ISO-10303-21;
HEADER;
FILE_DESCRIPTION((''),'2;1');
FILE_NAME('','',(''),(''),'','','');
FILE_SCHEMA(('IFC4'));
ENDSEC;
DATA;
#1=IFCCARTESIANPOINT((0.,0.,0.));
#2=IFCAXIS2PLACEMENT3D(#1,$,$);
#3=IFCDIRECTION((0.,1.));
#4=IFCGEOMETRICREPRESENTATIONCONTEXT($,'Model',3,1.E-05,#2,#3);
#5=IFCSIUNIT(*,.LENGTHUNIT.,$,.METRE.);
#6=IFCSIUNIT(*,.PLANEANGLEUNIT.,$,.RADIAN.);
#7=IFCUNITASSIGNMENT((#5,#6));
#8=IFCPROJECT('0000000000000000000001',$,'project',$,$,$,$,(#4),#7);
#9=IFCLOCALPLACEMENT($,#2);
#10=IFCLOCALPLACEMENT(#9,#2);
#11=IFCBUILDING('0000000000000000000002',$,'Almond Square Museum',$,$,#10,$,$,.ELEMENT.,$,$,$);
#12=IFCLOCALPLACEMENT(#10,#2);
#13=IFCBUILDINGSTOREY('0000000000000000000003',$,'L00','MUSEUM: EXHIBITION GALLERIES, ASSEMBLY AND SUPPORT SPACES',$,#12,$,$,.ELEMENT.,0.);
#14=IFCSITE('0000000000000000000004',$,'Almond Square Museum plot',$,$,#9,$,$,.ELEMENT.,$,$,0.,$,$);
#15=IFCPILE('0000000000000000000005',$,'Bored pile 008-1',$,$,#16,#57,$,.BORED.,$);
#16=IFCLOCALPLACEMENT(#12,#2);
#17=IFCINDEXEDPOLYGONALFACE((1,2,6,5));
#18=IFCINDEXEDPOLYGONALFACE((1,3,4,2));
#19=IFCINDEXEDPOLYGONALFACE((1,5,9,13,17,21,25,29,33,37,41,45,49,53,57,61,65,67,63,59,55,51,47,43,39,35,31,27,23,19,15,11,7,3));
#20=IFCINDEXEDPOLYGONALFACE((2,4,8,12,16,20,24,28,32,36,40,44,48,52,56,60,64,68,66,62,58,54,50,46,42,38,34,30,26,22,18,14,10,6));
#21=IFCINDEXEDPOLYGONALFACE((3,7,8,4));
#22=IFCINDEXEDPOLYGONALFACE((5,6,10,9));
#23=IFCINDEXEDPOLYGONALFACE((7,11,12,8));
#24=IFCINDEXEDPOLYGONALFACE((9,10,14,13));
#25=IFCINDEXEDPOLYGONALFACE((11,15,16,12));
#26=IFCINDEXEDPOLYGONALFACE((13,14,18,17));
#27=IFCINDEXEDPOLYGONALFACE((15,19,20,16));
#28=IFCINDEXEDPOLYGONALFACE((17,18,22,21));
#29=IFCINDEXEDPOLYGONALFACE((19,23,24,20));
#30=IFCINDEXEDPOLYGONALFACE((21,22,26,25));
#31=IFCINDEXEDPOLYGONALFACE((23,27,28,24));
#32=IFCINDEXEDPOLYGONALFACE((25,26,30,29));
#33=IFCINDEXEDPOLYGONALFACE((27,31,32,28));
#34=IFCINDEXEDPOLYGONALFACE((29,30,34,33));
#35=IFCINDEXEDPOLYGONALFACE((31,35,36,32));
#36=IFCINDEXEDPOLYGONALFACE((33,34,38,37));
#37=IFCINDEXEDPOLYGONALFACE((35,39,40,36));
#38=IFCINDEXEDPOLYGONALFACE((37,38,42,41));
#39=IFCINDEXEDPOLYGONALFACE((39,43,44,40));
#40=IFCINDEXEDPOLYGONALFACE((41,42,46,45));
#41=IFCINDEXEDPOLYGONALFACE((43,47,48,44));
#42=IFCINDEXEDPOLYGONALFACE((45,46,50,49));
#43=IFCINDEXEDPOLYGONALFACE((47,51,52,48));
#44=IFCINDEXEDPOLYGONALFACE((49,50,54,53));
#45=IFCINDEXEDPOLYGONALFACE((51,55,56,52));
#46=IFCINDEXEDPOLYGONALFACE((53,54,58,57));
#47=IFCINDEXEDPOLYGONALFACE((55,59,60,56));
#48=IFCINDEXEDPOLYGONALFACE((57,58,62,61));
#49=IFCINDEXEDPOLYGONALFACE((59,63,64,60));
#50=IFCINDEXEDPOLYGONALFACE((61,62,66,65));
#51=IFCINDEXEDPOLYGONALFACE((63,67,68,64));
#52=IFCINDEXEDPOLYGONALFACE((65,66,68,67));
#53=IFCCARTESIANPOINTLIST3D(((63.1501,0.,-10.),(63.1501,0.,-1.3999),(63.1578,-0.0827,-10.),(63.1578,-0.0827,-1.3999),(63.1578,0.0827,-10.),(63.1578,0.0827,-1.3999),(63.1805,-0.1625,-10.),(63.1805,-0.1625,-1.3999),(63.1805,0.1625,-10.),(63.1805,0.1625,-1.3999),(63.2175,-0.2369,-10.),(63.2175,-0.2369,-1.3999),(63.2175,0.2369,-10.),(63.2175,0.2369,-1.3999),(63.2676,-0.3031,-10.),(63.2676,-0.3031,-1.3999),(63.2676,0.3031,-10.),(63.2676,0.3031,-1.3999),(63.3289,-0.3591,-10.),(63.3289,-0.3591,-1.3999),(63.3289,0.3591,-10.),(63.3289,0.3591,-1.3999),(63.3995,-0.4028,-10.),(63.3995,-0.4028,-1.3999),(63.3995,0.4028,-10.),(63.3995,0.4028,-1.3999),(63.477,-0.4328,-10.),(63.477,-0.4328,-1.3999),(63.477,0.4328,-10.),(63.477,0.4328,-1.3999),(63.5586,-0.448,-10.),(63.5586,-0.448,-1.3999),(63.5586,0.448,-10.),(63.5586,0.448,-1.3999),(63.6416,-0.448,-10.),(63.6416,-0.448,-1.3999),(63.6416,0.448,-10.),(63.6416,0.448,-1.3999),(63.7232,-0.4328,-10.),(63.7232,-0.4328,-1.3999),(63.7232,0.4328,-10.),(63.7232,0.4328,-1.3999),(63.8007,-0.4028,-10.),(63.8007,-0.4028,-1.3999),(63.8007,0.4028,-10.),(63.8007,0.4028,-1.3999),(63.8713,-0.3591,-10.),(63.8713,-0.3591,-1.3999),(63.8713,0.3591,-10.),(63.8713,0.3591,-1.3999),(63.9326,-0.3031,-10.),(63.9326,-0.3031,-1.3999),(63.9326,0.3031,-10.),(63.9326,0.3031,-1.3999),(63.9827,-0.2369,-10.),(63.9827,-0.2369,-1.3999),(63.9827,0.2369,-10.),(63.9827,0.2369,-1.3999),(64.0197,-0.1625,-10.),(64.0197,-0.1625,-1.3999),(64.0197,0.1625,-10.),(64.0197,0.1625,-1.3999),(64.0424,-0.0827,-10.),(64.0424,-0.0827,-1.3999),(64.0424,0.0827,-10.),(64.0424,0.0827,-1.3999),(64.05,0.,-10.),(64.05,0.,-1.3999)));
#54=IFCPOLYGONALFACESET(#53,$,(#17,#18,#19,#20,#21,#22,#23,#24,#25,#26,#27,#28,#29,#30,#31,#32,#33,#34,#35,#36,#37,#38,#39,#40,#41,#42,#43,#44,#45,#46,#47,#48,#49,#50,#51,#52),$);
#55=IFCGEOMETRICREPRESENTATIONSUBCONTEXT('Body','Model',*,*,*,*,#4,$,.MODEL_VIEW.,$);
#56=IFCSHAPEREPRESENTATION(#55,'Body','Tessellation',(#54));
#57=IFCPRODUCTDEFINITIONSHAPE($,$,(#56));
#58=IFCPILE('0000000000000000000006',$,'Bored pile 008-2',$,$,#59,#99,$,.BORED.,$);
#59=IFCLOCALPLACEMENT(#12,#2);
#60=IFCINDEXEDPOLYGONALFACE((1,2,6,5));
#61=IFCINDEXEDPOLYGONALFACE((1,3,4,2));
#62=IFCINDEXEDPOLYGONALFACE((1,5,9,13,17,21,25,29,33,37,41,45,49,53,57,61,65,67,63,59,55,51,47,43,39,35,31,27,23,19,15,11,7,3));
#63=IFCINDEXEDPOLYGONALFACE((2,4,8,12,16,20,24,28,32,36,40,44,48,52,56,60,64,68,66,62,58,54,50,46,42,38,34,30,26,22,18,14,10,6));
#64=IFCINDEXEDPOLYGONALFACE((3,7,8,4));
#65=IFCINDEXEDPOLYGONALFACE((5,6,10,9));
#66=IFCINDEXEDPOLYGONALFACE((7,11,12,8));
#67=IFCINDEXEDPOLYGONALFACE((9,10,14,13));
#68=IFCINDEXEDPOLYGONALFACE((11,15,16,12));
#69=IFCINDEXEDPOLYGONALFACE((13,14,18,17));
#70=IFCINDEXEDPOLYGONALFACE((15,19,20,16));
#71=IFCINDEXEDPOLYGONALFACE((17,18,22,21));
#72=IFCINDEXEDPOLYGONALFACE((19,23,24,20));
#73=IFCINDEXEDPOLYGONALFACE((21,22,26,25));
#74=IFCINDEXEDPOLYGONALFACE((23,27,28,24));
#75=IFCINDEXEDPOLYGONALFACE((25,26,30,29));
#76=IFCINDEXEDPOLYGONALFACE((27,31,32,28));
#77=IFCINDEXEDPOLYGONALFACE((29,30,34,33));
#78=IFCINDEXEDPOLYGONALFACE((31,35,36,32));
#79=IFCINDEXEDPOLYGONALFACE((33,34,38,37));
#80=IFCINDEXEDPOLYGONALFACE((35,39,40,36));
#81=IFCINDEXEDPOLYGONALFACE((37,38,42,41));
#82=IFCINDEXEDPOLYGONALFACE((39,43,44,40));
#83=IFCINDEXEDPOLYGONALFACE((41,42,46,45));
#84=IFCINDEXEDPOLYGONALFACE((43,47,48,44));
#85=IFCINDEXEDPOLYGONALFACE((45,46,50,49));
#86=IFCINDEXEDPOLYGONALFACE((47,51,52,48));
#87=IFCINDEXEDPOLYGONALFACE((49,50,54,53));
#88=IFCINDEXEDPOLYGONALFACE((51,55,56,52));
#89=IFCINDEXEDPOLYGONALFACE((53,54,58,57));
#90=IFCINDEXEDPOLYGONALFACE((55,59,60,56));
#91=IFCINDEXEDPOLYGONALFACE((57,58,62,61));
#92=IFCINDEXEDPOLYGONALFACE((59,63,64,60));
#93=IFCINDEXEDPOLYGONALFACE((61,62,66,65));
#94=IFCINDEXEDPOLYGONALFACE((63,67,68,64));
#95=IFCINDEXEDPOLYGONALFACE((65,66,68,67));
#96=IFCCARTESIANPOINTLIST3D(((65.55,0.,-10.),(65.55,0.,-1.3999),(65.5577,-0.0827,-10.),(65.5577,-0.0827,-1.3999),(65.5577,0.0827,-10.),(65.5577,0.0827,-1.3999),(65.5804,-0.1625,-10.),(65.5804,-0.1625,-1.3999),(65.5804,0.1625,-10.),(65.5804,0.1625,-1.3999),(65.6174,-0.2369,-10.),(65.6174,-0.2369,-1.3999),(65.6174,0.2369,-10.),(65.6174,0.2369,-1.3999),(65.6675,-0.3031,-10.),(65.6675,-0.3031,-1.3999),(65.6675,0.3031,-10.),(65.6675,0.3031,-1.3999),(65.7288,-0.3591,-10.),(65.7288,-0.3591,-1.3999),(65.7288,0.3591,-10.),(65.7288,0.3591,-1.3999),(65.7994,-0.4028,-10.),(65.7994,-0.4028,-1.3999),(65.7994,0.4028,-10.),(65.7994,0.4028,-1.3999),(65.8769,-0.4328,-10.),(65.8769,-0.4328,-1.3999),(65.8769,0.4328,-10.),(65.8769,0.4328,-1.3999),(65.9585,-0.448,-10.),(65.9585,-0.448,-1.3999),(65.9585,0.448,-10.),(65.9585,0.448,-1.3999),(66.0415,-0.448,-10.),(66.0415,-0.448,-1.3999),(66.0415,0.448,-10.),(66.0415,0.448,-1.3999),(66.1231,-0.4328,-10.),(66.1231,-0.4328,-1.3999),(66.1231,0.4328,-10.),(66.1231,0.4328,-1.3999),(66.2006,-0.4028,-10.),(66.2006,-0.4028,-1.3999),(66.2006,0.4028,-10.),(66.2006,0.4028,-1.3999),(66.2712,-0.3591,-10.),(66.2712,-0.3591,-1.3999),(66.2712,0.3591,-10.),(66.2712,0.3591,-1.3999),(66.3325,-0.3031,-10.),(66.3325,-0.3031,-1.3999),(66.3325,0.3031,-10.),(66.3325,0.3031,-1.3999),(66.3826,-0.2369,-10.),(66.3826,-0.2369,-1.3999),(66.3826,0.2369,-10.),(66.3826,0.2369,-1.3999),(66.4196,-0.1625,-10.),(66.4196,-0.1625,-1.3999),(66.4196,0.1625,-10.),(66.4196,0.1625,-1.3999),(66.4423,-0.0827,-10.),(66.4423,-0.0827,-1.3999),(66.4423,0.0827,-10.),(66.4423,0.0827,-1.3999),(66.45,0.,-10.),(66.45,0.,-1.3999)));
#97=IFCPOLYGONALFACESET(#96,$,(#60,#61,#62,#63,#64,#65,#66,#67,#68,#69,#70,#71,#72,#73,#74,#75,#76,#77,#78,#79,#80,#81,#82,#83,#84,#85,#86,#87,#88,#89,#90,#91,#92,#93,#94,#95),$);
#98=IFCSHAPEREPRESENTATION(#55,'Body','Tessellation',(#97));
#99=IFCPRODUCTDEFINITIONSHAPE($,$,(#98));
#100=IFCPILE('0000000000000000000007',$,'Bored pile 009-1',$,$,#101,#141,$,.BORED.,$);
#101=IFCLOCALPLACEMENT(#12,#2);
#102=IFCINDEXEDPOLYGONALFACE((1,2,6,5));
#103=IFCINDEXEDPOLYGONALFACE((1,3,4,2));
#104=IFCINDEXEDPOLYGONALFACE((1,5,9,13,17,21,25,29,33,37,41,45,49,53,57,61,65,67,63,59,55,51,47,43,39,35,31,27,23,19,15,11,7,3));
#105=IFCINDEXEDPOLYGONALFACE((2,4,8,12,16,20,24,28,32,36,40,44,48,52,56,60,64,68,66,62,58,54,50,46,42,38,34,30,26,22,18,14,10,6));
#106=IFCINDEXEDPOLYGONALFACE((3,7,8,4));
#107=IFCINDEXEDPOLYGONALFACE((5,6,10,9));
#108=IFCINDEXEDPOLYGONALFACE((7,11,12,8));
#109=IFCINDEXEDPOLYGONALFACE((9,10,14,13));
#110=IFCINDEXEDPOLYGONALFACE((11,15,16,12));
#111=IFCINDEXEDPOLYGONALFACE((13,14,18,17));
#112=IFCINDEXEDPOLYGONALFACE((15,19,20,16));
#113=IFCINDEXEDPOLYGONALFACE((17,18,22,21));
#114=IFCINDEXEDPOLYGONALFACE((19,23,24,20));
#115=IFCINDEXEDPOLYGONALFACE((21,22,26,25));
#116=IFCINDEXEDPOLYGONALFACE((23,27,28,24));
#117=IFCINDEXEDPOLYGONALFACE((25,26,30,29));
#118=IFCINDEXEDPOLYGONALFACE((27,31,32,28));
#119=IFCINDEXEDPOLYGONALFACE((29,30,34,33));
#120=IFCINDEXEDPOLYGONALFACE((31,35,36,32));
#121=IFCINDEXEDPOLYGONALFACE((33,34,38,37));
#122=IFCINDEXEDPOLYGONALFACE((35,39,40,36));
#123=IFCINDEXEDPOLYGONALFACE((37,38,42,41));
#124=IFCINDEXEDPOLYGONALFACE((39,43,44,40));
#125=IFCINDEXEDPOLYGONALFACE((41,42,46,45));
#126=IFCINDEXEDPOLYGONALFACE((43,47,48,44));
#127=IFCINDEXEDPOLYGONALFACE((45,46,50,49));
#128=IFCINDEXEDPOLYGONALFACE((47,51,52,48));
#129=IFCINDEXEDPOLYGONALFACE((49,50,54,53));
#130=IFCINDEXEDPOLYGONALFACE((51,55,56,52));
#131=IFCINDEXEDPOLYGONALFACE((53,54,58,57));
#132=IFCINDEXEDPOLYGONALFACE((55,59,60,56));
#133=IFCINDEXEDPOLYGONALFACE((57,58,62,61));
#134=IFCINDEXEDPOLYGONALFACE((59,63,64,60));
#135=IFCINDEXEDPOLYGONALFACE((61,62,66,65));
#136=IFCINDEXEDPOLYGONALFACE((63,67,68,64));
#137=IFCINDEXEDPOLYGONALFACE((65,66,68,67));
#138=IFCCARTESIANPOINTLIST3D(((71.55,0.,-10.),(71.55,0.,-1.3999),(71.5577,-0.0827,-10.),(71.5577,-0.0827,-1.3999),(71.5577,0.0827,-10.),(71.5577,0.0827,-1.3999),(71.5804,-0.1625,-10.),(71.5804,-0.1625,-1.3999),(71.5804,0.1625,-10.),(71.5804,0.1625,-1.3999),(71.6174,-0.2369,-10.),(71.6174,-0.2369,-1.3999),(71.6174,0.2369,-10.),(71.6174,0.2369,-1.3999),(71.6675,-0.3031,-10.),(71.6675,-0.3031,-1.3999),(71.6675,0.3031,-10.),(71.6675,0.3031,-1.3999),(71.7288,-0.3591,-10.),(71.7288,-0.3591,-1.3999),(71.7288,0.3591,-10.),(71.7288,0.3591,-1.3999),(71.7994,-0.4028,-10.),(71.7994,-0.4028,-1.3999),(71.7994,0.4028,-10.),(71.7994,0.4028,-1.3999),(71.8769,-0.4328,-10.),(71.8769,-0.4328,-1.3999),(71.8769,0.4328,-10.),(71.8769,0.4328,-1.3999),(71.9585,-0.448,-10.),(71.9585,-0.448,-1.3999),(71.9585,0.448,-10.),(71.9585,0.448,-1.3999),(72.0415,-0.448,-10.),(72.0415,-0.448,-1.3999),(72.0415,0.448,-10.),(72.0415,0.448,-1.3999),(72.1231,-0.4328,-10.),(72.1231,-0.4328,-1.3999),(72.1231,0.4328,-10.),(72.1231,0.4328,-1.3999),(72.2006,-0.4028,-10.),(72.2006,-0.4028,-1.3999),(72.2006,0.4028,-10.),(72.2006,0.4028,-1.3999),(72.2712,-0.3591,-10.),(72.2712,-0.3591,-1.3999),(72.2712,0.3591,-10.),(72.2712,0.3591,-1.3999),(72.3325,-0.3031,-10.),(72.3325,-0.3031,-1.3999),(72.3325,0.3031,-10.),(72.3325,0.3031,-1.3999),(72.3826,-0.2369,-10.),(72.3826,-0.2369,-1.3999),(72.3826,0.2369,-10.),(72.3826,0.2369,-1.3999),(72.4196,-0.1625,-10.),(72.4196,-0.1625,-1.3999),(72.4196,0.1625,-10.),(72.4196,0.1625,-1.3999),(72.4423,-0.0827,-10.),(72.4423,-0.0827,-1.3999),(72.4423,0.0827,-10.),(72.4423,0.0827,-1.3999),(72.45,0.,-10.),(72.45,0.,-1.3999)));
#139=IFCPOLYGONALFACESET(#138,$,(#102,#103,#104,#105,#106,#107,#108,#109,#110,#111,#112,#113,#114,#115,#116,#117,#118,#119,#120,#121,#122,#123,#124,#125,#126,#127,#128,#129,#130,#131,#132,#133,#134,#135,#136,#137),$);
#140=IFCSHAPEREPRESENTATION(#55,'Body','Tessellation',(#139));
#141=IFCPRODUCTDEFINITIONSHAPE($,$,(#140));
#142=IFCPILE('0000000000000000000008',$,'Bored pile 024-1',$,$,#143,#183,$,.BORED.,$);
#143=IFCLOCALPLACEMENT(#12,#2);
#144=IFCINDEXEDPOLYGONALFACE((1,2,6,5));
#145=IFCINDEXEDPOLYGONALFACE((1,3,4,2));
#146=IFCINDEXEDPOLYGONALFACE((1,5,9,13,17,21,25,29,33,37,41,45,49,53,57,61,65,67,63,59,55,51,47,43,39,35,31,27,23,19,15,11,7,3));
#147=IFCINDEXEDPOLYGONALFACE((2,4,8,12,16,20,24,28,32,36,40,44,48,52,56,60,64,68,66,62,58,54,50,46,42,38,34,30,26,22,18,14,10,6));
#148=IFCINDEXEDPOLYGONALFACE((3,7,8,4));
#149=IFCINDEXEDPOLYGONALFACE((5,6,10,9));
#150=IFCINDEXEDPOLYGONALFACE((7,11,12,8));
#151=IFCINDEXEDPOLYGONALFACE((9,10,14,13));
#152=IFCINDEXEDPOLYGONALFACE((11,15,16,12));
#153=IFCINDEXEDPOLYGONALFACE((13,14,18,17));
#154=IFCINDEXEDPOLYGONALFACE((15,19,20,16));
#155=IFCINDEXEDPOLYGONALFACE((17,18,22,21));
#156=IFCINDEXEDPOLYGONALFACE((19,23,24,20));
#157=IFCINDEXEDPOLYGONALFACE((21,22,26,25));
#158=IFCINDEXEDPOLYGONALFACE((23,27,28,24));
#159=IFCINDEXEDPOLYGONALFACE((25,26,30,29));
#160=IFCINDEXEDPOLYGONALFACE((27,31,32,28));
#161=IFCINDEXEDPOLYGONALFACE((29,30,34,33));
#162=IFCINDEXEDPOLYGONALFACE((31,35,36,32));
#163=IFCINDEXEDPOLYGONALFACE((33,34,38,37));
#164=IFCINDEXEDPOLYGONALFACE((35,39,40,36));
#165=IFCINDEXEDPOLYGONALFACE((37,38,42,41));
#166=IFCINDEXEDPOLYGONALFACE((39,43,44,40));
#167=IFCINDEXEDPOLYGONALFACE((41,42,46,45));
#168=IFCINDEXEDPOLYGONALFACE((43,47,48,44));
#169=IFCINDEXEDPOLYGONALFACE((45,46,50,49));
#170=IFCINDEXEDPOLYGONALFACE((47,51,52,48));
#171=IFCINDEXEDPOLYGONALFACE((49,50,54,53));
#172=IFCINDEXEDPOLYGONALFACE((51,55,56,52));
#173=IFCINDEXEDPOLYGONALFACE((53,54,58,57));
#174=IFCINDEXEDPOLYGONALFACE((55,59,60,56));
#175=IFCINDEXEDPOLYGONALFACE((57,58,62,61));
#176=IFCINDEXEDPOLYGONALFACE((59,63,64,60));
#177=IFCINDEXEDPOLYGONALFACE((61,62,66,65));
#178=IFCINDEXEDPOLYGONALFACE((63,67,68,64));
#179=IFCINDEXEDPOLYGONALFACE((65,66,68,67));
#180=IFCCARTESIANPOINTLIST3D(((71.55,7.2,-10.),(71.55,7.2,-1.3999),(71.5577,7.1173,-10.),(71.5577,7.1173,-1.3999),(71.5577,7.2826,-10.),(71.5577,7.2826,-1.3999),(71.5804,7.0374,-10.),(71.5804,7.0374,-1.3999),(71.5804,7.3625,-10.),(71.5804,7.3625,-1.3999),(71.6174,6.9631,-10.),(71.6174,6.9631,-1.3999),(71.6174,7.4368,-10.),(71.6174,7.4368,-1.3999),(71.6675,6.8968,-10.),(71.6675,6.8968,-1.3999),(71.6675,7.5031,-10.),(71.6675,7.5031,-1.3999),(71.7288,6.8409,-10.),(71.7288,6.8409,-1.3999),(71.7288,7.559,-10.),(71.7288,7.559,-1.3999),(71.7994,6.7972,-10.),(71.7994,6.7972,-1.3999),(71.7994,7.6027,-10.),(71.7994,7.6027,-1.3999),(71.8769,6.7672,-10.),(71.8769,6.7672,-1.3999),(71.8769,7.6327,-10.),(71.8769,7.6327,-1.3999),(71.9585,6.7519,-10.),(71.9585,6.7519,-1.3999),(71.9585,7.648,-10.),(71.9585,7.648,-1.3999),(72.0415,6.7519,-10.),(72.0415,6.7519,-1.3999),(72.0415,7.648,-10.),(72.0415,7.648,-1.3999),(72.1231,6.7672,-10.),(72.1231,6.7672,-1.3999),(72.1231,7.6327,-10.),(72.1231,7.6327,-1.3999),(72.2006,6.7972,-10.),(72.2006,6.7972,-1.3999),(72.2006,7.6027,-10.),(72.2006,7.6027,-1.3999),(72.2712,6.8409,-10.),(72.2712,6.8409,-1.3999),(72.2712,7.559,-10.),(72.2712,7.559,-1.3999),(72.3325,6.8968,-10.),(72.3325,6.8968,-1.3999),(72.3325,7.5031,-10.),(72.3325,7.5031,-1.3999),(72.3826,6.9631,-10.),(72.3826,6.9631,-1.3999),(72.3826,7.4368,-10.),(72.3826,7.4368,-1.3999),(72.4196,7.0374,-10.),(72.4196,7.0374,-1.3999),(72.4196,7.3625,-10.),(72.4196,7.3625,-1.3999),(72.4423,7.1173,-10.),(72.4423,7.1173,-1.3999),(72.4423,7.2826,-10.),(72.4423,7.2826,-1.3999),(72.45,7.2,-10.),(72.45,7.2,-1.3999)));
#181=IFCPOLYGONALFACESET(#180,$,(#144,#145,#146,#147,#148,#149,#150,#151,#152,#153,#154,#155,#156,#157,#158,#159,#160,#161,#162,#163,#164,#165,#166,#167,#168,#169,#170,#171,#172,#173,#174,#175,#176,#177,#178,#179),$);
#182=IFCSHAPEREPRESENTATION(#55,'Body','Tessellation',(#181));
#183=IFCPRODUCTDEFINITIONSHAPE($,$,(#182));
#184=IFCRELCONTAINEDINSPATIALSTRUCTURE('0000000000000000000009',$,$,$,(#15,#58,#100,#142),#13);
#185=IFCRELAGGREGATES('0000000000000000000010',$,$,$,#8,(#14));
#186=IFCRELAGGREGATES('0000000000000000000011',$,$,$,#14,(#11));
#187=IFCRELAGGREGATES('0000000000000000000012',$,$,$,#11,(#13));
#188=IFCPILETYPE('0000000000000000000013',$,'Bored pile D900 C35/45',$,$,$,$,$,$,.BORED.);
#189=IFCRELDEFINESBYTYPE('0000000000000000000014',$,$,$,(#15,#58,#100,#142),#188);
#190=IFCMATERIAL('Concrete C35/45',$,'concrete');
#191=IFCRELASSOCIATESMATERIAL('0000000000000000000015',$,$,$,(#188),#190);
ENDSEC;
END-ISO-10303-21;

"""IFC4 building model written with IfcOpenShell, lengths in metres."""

from ifc_helpers import new_model, si_unit, direction, frame, origin, origin_2d, place, context, subcontext, project, spatial, circle, extrude, material, material_profile, profile_set, type_object, element, save


model = new_model("IFC4")

# Units and contexts
model_context = context("Model", 3, precision=1e-05, world=origin(), true_north=direction((0.0, 1.0)))
body_context = subcontext(model_context, "Body", "Model", "MODEL_VIEW")
ifc_project = project(units=[si_unit("LENGTHUNIT", "METRE"), si_unit("PLANEANGLEUNIT", "RADIAN")], contexts=[model_context])

# Site, building, storey
site_placement = place(None, origin())
site = spatial("IfcSite", under=ifc_project, at=site_placement, Name="Almond Square Museum plot", CompositionType="ELEMENT", RefElevation=0.0)
building_placement = place(site_placement, origin())
building = spatial("IfcBuilding", under=site, at=building_placement, Name="Almond Square Museum", CompositionType="ELEMENT")
storey_placement = place(building_placement, origin())
storey = spatial("IfcBuildingStorey", under=building, at=storey_placement, Name="L00", Description="MUSEUM: EXHIBITION GALLERIES, ASSEMBLY AND SUPPORT SPACES", CompositionType="ELEMENT", Elevation=0.0)

# Piles
ifc_material_1 = material(Name="Concrete C35/45", Category="concrete")
ifc_material_profile_1 = material_profile(ifc_material_1, circle(Radius=0.45, at=origin_2d()))
ifc_profile_set_1 = profile_set([ifc_material_profile_1], Name="Concrete C35/45")
pile_type = type_object("IfcPileType", Name="Bored pile D900 C35/45", PredefinedType="BORED", material=ifc_profile_set_1)
for number, where, z_axis, x_axis, name in (
    (1, (63.6001, 0.0, -1.3999), (0.0, 0.0, -1.0), (1.0, 0.0, 0.0), "Bored pile 008-1"),
    (2, (66.0, 0.0, -1.3999), (0.0, 0.0, -1.0), (1.0, 0.0, 0.0), "Bored pile 008-2"),
    (3, (72.0, 0.0, -1.3999), (0.0, 0.0, -1.0), (1.0, 0.0, 0.0), "Bored pile 009-1"),
    (4, (72.0, 7.2, -1.3999), (0.0, 0.0, -1.0), (1.0, 0.0, 0.0), "Bored pile 024-1"),
):
    element("IfcPile", number, at=place(storey_placement, frame(where, z_axis=z_axis, x_axis=x_axis)), inside=storey, type_object=pile_type, Name=name, PredefinedType="BORED", context=body_context, shape_type="SweptSolid", body=[
        extrude(circle(Radius=0.45, at=origin_2d()), origin(), (0.0, 0.0, 1.0), 8.6001),
    ])

save(model, "model.ifc")
